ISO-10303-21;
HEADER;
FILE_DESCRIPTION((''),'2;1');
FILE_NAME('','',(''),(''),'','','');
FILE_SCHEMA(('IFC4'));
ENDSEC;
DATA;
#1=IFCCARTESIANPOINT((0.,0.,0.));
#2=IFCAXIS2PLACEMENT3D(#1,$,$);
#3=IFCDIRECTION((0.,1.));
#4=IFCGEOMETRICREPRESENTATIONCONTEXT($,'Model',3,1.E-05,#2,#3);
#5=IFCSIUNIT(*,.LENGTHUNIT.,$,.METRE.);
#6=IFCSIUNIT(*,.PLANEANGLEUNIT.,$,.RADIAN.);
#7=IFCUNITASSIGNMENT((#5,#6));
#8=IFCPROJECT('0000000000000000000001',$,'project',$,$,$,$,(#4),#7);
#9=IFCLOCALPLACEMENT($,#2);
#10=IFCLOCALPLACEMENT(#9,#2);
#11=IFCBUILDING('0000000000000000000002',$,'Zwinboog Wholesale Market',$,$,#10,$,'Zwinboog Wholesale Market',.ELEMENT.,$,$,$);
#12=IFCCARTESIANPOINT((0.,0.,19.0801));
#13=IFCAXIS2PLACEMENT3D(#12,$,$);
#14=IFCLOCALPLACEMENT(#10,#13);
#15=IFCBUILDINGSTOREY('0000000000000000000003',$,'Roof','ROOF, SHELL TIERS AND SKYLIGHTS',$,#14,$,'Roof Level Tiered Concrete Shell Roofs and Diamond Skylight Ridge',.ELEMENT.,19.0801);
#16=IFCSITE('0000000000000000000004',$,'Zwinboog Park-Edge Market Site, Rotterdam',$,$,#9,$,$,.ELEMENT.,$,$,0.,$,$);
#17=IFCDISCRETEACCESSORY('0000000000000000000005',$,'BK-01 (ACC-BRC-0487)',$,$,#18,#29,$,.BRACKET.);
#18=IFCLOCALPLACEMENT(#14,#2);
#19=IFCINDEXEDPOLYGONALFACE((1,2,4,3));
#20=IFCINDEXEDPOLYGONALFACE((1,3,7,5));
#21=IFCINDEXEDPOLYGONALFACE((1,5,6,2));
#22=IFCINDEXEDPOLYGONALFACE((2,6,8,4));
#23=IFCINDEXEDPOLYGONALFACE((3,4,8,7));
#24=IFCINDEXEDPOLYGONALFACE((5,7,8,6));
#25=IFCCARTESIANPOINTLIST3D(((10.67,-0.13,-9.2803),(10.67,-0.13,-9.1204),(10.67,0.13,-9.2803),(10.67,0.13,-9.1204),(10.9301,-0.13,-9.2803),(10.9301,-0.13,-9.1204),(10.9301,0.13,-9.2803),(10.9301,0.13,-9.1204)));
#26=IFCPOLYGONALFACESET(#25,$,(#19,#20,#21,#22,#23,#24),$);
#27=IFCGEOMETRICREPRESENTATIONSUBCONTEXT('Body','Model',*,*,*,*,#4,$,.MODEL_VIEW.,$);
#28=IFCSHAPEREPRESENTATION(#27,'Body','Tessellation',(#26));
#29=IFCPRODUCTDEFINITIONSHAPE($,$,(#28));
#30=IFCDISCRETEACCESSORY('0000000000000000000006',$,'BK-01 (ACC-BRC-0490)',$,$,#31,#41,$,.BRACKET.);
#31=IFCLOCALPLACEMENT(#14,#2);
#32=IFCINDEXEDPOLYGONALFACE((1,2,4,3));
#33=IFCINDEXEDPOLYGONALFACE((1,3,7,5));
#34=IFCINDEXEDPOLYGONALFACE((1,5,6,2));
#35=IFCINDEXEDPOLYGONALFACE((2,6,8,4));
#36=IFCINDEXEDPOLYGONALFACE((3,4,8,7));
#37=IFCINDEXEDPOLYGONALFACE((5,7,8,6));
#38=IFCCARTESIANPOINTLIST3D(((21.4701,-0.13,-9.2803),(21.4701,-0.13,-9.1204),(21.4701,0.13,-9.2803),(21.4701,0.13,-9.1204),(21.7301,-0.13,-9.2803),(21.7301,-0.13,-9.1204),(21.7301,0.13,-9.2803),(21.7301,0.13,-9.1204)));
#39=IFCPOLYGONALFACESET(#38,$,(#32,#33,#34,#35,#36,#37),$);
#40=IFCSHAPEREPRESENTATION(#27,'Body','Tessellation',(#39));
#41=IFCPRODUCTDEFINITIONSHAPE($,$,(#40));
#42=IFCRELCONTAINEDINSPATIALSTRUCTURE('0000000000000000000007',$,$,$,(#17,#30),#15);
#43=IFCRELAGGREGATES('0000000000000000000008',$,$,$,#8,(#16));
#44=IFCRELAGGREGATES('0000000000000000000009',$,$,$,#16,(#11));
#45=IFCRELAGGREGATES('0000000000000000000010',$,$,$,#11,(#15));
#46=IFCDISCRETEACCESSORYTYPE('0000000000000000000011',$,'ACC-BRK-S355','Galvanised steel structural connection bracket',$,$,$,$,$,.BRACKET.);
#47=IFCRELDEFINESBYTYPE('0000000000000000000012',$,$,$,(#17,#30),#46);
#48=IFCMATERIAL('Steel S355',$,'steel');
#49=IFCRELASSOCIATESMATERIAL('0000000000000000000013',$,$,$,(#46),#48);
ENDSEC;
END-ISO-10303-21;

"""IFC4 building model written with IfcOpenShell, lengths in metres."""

from ifc_helpers import new_model, si_unit, direction, frame, origin, origin_2d, place, context, subcontext, project, spatial, rectangle, extrude, material, type_object, element, save


model = new_model("IFC4")

# Units and contexts
model_context = context("Model", 3, precision=1e-05, world=origin(), true_north=direction((0.0, 1.0)))
body_context = subcontext(model_context, "Body", "Model", "MODEL_VIEW")
ifc_project = project(units=[si_unit("LENGTHUNIT", "METRE"), si_unit("PLANEANGLEUNIT", "RADIAN")], contexts=[model_context])

# Site, building, storey
site_placement = place(None, origin())
site = spatial("IfcSite", under=ifc_project, at=site_placement, Name="Zwinboog Park-Edge Market Site, Rotterdam", CompositionType="ELEMENT", RefElevation=0.0)
building_placement = place(site_placement, origin())
building = spatial("IfcBuilding", under=site, at=building_placement, Name="Zwinboog Wholesale Market", LongName="Zwinboog Wholesale Market", CompositionType="ELEMENT")
storey_placement = place(building_placement, frame((0.0, 0.0, 19.0801)))
storey = spatial("IfcBuildingStorey", under=building, at=storey_placement, Name="Roof", Description="ROOF, SHELL TIERS AND SKYLIGHTS", LongName="Roof Level Tiered Concrete Shell Roofs and Diamond Skylight Ridge", CompositionType="ELEMENT", Elevation=19.0801)

# Shared definitions
ifc_material_1 = material(Name="Steel S355", Category="steel")

# Discrete accessories
discrete_accessory_type = type_object("IfcDiscreteAccessoryType", Name="ACC-BRK-S355", Description="Galvanised steel structural connection bracket", PredefinedType="BRACKET", material=ifc_material_1)
for number, where, z_axis, x_axis, name in (
    (1, (10.8, 0.0, -9.2803), (0.0, 0.0, 1.0), (1.0, 0.0, 0.0), "BK-01 (ACC-BRC-0487)"),
    (2, (21.6001, 0.0, -9.2803), (0.0, 0.0, 1.0), (1.0, 0.0, 0.0), "BK-01 (ACC-BRC-0490)"),
):
    element("IfcDiscreteAccessory", number, at=place(storey_placement, frame(where, z_axis=z_axis, x_axis=x_axis)), inside=storey, type_object=discrete_accessory_type, Name=name, PredefinedType="BRACKET", context=body_context, shape_type="SweptSolid", body=[
        extrude(rectangle(XDim=0.26, YDim=0.26, at=origin_2d()), origin(), (0.0, 0.0, 1.0), 0.1599),
    ])

save(model, "model.ifc")
